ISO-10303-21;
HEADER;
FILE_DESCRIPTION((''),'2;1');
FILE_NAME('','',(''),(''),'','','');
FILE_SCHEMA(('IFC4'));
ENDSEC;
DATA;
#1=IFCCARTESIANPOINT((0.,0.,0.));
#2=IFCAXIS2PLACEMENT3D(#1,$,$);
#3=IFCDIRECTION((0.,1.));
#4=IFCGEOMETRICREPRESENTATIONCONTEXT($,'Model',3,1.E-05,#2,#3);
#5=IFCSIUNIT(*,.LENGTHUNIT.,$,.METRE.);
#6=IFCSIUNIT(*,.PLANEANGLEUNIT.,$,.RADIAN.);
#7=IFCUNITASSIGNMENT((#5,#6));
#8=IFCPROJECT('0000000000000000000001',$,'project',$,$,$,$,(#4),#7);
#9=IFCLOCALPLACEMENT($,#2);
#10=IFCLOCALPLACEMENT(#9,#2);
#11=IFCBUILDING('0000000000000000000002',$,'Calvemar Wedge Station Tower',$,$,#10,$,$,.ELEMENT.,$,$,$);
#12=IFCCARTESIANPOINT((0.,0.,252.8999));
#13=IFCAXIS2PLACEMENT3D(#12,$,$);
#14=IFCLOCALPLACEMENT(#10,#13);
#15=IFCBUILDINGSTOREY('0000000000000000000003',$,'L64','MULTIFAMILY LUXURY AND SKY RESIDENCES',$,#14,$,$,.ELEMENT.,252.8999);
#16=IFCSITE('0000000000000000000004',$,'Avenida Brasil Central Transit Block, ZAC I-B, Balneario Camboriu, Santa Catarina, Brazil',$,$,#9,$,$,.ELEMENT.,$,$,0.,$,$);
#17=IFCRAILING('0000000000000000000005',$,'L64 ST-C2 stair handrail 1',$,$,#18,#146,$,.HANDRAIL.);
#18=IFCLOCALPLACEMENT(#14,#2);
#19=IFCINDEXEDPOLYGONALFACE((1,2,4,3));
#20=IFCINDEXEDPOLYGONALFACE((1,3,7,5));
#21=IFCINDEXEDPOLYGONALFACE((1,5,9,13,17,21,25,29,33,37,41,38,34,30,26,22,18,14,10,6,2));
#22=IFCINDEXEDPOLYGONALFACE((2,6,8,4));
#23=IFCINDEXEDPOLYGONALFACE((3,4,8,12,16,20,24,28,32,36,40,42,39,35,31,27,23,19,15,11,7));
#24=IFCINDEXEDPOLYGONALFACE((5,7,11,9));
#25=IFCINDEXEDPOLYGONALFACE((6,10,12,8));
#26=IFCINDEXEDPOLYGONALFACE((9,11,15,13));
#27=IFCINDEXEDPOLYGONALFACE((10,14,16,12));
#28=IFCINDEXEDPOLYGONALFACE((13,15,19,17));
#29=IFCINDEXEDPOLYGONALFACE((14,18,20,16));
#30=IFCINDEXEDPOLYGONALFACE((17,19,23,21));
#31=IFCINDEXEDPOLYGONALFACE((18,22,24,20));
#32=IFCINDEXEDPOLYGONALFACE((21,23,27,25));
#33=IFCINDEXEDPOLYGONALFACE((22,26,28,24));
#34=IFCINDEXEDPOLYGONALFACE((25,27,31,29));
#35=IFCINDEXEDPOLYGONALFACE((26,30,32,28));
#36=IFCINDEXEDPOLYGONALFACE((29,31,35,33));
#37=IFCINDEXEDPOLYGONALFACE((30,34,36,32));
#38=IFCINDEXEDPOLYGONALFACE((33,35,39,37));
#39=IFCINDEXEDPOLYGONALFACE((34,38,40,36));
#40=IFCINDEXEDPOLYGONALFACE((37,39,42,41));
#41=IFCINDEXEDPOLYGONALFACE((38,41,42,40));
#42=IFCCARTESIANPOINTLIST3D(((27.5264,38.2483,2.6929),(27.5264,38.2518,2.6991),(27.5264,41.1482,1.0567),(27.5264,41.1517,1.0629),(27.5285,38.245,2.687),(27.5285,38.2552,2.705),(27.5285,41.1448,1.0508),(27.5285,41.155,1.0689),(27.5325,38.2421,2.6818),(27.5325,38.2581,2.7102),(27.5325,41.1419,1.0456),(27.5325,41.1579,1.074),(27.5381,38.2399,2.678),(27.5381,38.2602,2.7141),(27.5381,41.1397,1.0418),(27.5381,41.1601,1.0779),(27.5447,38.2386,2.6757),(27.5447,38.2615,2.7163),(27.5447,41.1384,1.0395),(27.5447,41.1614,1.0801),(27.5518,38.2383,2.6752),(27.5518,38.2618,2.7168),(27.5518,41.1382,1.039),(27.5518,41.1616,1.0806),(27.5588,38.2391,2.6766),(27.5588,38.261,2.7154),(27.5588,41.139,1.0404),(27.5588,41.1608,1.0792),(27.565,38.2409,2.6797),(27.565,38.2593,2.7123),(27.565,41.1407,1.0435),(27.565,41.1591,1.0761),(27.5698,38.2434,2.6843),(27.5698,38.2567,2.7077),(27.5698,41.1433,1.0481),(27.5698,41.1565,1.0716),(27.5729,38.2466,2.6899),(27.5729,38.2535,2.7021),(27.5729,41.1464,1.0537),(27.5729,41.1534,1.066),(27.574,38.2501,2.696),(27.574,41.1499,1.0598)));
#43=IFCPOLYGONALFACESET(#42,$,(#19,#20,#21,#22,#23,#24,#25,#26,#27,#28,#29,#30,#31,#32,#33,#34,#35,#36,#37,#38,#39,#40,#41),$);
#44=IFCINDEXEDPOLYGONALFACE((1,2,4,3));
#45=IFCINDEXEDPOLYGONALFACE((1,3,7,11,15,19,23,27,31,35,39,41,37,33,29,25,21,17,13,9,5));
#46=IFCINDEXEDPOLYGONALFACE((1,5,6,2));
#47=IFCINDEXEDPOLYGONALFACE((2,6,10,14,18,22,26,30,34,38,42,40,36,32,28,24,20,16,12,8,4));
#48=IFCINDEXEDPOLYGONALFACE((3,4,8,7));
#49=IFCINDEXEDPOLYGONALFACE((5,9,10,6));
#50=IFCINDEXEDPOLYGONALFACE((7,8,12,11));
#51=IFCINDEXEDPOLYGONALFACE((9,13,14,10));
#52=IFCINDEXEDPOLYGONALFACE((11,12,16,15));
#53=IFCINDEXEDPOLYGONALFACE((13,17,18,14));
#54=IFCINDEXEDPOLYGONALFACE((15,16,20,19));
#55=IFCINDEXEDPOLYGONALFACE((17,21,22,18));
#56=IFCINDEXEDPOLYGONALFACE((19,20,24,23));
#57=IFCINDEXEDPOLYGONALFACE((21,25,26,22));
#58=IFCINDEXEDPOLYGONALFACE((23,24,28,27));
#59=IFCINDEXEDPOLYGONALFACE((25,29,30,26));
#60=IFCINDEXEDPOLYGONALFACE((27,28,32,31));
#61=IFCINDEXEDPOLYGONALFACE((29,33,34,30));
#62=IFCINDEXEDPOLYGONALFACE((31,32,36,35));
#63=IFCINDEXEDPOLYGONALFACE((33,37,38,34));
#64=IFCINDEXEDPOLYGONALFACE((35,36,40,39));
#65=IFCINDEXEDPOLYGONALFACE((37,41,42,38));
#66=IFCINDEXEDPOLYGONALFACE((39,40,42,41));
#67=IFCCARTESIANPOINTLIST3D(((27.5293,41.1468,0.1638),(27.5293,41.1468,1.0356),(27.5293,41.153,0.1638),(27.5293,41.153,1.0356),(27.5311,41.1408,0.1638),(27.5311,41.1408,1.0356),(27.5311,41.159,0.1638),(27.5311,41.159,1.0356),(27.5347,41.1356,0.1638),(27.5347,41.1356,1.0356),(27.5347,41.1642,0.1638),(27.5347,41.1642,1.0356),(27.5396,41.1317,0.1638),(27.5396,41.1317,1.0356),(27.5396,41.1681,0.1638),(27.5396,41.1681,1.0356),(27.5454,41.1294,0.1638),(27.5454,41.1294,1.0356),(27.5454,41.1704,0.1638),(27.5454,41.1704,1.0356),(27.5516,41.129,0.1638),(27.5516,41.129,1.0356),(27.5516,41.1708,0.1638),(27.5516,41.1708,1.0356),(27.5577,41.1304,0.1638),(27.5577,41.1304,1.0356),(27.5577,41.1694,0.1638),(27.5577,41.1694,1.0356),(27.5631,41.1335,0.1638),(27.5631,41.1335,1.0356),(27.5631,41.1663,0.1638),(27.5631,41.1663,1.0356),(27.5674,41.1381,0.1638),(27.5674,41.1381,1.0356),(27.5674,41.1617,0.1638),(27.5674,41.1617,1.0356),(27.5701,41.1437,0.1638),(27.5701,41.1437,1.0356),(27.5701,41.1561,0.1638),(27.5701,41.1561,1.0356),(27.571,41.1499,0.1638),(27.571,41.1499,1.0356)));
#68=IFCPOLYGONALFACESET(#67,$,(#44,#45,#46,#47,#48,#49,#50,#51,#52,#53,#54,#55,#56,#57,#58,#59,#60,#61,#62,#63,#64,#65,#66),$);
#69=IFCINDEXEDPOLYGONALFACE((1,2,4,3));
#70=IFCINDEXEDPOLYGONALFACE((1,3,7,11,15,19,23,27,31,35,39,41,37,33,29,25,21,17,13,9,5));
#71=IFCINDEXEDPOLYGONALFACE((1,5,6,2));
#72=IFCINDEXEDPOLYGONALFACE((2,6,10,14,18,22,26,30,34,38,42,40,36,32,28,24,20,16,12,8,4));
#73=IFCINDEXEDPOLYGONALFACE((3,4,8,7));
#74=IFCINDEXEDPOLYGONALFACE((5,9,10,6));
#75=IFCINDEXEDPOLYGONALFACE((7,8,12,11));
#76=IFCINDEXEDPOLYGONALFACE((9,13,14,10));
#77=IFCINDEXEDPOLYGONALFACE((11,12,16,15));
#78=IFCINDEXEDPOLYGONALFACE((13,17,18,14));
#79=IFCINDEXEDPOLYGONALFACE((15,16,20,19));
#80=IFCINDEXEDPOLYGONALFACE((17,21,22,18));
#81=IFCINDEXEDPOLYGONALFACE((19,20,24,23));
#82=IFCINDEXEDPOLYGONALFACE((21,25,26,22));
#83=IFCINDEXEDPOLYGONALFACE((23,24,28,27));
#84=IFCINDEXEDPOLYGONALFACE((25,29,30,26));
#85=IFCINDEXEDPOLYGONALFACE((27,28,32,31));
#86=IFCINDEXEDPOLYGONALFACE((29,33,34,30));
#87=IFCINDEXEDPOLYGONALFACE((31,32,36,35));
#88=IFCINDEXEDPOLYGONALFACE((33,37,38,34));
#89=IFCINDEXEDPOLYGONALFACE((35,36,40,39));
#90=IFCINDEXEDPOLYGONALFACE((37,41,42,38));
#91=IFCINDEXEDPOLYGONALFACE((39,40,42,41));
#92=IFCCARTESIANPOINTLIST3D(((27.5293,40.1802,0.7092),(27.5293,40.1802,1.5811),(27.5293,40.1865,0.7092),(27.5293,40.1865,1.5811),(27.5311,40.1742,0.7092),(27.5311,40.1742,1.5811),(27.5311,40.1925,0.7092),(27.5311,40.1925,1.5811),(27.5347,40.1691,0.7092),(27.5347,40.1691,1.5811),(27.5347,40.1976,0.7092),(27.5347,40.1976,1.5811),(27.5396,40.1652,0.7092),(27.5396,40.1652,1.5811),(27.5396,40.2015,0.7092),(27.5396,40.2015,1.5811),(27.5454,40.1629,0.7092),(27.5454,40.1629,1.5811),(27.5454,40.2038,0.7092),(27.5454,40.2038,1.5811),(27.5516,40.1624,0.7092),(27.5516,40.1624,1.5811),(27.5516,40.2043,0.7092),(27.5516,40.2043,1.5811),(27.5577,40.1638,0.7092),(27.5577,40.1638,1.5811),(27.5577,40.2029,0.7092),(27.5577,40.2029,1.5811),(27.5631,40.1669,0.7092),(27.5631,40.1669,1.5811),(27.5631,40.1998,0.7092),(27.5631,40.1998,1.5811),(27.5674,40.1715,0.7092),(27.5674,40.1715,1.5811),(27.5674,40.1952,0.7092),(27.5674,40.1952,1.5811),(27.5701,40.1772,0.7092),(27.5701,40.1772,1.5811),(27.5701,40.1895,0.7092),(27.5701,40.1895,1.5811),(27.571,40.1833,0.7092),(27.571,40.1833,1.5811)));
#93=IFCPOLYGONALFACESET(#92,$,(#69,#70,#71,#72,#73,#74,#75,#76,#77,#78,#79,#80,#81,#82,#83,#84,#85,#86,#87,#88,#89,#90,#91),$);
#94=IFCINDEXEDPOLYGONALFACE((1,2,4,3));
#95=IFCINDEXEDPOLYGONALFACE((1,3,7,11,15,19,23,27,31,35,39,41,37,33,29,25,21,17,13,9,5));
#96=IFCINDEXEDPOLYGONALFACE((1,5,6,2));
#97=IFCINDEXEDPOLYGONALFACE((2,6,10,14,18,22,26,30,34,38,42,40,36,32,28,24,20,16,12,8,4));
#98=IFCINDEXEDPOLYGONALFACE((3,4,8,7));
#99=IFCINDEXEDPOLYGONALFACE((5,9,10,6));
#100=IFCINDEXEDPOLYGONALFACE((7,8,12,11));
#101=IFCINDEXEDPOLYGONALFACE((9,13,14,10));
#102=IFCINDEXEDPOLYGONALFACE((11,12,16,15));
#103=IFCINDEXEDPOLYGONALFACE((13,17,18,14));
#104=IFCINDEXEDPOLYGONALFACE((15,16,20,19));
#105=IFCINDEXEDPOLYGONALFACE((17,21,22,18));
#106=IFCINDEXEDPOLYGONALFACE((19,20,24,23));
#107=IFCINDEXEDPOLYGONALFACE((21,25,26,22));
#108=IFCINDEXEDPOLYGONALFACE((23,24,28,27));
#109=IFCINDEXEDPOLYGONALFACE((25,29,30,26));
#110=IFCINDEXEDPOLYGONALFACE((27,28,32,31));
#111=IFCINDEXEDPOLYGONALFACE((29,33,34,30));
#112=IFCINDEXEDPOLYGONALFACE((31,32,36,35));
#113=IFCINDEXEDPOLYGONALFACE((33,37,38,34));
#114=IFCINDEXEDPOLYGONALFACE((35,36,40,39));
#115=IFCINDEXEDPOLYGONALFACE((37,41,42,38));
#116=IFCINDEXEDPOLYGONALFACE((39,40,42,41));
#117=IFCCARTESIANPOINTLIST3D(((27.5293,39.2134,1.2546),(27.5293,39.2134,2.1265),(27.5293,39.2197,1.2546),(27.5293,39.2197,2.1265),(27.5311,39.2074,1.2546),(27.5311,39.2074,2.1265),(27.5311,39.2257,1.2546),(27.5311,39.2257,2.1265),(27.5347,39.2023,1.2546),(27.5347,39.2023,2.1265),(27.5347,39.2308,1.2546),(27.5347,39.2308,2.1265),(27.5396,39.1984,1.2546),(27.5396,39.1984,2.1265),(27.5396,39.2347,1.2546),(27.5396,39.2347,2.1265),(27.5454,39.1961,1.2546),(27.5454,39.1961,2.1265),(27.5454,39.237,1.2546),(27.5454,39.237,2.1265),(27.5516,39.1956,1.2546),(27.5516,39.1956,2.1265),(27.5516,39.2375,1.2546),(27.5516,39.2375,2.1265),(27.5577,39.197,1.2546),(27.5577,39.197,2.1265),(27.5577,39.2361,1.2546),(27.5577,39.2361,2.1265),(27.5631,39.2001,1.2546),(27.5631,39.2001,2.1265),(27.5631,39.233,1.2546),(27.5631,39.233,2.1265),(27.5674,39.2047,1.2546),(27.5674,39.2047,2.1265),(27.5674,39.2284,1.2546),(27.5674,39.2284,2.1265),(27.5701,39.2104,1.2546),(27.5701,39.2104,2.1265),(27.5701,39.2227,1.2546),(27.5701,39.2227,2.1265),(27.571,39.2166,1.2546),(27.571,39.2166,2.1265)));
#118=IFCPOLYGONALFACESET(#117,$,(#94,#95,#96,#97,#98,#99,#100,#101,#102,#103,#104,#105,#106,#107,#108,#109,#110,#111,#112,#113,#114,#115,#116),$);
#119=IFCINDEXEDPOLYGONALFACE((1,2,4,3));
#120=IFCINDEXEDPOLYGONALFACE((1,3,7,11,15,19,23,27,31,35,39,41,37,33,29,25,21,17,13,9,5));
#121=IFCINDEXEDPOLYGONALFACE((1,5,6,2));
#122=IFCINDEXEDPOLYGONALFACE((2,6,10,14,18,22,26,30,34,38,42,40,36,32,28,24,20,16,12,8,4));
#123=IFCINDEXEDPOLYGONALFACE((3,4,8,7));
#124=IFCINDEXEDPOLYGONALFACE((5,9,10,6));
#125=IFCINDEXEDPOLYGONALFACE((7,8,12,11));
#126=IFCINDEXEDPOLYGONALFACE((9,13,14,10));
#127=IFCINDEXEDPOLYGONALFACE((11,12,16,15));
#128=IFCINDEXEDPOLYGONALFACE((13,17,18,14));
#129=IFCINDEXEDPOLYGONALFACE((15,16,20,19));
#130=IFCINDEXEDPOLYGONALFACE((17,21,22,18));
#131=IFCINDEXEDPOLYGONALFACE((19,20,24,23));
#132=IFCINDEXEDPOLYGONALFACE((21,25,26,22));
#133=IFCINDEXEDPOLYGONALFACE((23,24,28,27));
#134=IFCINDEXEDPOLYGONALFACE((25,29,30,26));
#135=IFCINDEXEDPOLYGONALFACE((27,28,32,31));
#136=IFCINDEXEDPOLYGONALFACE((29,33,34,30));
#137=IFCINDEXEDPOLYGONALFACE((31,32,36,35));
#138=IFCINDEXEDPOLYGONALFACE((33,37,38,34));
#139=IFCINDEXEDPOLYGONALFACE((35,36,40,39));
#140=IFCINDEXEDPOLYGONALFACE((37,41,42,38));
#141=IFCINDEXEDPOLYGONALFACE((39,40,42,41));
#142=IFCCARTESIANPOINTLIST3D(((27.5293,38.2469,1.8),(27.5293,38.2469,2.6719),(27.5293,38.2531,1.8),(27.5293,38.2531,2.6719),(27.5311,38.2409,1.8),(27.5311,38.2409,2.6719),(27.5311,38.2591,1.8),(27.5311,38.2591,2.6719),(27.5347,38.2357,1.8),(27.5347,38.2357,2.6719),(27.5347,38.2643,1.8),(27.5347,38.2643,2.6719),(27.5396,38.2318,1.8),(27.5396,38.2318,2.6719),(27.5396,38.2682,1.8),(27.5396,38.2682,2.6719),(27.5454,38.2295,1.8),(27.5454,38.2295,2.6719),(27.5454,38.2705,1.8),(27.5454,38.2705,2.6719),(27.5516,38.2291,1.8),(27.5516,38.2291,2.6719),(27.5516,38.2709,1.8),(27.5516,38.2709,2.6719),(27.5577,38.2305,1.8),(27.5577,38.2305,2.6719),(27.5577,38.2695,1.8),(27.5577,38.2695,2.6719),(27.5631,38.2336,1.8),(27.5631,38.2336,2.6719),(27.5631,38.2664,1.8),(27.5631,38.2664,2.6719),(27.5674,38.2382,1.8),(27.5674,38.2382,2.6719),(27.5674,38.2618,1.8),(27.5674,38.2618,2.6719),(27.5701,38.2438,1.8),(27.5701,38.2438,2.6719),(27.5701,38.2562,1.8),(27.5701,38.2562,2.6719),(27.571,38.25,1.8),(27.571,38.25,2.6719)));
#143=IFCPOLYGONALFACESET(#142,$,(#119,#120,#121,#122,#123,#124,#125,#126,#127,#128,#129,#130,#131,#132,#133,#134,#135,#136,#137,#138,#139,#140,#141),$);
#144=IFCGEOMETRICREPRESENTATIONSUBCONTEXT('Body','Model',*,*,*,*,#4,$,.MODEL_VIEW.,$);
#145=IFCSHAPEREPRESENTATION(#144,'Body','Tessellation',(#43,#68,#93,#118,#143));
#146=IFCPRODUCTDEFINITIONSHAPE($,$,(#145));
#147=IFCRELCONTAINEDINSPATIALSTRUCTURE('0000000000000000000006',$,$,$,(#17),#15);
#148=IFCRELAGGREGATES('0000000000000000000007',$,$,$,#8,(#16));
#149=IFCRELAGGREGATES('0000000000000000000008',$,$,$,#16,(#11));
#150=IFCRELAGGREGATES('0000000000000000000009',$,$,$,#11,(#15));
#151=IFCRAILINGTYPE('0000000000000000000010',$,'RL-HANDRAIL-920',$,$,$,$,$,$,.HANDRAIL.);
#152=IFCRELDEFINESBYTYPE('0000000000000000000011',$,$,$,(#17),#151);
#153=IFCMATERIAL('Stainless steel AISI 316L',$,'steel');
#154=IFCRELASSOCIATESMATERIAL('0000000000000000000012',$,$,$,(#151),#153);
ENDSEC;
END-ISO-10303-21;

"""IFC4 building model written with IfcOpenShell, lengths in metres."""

from ifc_helpers import new_model, si_unit, direction, frame, origin, origin_2d, place, context, subcontext, project, spatial, circle, extrude, material, type_object, element, save


model = new_model("IFC4")

# Units and contexts
model_context = context("Model", 3, precision=1e-05, world=origin(), true_north=direction((0.0, 1.0)))
body_context = subcontext(model_context, "Body", "Model", "MODEL_VIEW")
ifc_project = project(units=[si_unit("LENGTHUNIT", "METRE"), si_unit("PLANEANGLEUNIT", "RADIAN")], contexts=[model_context])

# Site, building, storey
site_placement = place(None, origin())
site = spatial("IfcSite", under=ifc_project, at=site_placement, Name="Avenida Brasil Central Transit Block, ZAC I-B, Balneario Camboriu, Santa Catarina, Brazil", CompositionType="ELEMENT", RefElevation=0.0)
building_placement = place(site_placement, origin())
building = spatial("IfcBuilding", under=site, at=building_placement, Name="Calvemar Wedge Station Tower", CompositionType="ELEMENT")
storey_placement = place(building_placement, frame((0.0, 0.0, 252.8999)))
storey = spatial("IfcBuildingStorey", under=building, at=storey_placement, Name="L64", Description="MULTIFAMILY LUXURY AND SKY RESIDENCES", CompositionType="ELEMENT", Elevation=252.8999)

# Railing
ifc_material_1 = material(Name="Stainless steel AISI 316L", Category="steel")
railing_type_1 = type_object("IfcRailingType", Name="RL-HANDRAIL-920", PredefinedType="HANDRAIL", material=ifc_material_1)
railing_1_placement = place(storey_placement, frame((27.55, 41.1499, 0.1638)))
element("IfcRailing", 1, at=railing_1_placement, inside=storey, type_object=railing_type_1, Name="L64 ST-C2 stair handrail 1", PredefinedType="HANDRAIL", context=body_context, shape_type="SweptSolid", body=[
    extrude(circle(Radius=0.0239, at=origin_2d()), frame((0.0, 0.0, 0.896), z_axis=(0.0, -0.870929, 0.49141), x_axis=(1.0, 0.0, 0.0)), (0.0, 0.0, 1.0), 3.3296),
    extrude(circle(Radius=0.021, at=origin_2d()), origin(), (0.0, 0.0, 1.0), 0.8718),
    extrude(circle(Radius=0.021, at=origin_2d()), frame((0.0, -0.9666, 0.5454)), (0.0, 0.0, 1.0), 0.8718),
    extrude(circle(Radius=0.021, at=origin_2d()), frame((0.0, -1.9333, 1.0908)), (0.0, 0.0, 1.0), 0.8718),
    extrude(circle(Radius=0.021, at=origin_2d()), frame((0.0, -2.8999, 1.6362)), (0.0, 0.0, 1.0), 0.8718),
])

save(model, "model.ifc")
